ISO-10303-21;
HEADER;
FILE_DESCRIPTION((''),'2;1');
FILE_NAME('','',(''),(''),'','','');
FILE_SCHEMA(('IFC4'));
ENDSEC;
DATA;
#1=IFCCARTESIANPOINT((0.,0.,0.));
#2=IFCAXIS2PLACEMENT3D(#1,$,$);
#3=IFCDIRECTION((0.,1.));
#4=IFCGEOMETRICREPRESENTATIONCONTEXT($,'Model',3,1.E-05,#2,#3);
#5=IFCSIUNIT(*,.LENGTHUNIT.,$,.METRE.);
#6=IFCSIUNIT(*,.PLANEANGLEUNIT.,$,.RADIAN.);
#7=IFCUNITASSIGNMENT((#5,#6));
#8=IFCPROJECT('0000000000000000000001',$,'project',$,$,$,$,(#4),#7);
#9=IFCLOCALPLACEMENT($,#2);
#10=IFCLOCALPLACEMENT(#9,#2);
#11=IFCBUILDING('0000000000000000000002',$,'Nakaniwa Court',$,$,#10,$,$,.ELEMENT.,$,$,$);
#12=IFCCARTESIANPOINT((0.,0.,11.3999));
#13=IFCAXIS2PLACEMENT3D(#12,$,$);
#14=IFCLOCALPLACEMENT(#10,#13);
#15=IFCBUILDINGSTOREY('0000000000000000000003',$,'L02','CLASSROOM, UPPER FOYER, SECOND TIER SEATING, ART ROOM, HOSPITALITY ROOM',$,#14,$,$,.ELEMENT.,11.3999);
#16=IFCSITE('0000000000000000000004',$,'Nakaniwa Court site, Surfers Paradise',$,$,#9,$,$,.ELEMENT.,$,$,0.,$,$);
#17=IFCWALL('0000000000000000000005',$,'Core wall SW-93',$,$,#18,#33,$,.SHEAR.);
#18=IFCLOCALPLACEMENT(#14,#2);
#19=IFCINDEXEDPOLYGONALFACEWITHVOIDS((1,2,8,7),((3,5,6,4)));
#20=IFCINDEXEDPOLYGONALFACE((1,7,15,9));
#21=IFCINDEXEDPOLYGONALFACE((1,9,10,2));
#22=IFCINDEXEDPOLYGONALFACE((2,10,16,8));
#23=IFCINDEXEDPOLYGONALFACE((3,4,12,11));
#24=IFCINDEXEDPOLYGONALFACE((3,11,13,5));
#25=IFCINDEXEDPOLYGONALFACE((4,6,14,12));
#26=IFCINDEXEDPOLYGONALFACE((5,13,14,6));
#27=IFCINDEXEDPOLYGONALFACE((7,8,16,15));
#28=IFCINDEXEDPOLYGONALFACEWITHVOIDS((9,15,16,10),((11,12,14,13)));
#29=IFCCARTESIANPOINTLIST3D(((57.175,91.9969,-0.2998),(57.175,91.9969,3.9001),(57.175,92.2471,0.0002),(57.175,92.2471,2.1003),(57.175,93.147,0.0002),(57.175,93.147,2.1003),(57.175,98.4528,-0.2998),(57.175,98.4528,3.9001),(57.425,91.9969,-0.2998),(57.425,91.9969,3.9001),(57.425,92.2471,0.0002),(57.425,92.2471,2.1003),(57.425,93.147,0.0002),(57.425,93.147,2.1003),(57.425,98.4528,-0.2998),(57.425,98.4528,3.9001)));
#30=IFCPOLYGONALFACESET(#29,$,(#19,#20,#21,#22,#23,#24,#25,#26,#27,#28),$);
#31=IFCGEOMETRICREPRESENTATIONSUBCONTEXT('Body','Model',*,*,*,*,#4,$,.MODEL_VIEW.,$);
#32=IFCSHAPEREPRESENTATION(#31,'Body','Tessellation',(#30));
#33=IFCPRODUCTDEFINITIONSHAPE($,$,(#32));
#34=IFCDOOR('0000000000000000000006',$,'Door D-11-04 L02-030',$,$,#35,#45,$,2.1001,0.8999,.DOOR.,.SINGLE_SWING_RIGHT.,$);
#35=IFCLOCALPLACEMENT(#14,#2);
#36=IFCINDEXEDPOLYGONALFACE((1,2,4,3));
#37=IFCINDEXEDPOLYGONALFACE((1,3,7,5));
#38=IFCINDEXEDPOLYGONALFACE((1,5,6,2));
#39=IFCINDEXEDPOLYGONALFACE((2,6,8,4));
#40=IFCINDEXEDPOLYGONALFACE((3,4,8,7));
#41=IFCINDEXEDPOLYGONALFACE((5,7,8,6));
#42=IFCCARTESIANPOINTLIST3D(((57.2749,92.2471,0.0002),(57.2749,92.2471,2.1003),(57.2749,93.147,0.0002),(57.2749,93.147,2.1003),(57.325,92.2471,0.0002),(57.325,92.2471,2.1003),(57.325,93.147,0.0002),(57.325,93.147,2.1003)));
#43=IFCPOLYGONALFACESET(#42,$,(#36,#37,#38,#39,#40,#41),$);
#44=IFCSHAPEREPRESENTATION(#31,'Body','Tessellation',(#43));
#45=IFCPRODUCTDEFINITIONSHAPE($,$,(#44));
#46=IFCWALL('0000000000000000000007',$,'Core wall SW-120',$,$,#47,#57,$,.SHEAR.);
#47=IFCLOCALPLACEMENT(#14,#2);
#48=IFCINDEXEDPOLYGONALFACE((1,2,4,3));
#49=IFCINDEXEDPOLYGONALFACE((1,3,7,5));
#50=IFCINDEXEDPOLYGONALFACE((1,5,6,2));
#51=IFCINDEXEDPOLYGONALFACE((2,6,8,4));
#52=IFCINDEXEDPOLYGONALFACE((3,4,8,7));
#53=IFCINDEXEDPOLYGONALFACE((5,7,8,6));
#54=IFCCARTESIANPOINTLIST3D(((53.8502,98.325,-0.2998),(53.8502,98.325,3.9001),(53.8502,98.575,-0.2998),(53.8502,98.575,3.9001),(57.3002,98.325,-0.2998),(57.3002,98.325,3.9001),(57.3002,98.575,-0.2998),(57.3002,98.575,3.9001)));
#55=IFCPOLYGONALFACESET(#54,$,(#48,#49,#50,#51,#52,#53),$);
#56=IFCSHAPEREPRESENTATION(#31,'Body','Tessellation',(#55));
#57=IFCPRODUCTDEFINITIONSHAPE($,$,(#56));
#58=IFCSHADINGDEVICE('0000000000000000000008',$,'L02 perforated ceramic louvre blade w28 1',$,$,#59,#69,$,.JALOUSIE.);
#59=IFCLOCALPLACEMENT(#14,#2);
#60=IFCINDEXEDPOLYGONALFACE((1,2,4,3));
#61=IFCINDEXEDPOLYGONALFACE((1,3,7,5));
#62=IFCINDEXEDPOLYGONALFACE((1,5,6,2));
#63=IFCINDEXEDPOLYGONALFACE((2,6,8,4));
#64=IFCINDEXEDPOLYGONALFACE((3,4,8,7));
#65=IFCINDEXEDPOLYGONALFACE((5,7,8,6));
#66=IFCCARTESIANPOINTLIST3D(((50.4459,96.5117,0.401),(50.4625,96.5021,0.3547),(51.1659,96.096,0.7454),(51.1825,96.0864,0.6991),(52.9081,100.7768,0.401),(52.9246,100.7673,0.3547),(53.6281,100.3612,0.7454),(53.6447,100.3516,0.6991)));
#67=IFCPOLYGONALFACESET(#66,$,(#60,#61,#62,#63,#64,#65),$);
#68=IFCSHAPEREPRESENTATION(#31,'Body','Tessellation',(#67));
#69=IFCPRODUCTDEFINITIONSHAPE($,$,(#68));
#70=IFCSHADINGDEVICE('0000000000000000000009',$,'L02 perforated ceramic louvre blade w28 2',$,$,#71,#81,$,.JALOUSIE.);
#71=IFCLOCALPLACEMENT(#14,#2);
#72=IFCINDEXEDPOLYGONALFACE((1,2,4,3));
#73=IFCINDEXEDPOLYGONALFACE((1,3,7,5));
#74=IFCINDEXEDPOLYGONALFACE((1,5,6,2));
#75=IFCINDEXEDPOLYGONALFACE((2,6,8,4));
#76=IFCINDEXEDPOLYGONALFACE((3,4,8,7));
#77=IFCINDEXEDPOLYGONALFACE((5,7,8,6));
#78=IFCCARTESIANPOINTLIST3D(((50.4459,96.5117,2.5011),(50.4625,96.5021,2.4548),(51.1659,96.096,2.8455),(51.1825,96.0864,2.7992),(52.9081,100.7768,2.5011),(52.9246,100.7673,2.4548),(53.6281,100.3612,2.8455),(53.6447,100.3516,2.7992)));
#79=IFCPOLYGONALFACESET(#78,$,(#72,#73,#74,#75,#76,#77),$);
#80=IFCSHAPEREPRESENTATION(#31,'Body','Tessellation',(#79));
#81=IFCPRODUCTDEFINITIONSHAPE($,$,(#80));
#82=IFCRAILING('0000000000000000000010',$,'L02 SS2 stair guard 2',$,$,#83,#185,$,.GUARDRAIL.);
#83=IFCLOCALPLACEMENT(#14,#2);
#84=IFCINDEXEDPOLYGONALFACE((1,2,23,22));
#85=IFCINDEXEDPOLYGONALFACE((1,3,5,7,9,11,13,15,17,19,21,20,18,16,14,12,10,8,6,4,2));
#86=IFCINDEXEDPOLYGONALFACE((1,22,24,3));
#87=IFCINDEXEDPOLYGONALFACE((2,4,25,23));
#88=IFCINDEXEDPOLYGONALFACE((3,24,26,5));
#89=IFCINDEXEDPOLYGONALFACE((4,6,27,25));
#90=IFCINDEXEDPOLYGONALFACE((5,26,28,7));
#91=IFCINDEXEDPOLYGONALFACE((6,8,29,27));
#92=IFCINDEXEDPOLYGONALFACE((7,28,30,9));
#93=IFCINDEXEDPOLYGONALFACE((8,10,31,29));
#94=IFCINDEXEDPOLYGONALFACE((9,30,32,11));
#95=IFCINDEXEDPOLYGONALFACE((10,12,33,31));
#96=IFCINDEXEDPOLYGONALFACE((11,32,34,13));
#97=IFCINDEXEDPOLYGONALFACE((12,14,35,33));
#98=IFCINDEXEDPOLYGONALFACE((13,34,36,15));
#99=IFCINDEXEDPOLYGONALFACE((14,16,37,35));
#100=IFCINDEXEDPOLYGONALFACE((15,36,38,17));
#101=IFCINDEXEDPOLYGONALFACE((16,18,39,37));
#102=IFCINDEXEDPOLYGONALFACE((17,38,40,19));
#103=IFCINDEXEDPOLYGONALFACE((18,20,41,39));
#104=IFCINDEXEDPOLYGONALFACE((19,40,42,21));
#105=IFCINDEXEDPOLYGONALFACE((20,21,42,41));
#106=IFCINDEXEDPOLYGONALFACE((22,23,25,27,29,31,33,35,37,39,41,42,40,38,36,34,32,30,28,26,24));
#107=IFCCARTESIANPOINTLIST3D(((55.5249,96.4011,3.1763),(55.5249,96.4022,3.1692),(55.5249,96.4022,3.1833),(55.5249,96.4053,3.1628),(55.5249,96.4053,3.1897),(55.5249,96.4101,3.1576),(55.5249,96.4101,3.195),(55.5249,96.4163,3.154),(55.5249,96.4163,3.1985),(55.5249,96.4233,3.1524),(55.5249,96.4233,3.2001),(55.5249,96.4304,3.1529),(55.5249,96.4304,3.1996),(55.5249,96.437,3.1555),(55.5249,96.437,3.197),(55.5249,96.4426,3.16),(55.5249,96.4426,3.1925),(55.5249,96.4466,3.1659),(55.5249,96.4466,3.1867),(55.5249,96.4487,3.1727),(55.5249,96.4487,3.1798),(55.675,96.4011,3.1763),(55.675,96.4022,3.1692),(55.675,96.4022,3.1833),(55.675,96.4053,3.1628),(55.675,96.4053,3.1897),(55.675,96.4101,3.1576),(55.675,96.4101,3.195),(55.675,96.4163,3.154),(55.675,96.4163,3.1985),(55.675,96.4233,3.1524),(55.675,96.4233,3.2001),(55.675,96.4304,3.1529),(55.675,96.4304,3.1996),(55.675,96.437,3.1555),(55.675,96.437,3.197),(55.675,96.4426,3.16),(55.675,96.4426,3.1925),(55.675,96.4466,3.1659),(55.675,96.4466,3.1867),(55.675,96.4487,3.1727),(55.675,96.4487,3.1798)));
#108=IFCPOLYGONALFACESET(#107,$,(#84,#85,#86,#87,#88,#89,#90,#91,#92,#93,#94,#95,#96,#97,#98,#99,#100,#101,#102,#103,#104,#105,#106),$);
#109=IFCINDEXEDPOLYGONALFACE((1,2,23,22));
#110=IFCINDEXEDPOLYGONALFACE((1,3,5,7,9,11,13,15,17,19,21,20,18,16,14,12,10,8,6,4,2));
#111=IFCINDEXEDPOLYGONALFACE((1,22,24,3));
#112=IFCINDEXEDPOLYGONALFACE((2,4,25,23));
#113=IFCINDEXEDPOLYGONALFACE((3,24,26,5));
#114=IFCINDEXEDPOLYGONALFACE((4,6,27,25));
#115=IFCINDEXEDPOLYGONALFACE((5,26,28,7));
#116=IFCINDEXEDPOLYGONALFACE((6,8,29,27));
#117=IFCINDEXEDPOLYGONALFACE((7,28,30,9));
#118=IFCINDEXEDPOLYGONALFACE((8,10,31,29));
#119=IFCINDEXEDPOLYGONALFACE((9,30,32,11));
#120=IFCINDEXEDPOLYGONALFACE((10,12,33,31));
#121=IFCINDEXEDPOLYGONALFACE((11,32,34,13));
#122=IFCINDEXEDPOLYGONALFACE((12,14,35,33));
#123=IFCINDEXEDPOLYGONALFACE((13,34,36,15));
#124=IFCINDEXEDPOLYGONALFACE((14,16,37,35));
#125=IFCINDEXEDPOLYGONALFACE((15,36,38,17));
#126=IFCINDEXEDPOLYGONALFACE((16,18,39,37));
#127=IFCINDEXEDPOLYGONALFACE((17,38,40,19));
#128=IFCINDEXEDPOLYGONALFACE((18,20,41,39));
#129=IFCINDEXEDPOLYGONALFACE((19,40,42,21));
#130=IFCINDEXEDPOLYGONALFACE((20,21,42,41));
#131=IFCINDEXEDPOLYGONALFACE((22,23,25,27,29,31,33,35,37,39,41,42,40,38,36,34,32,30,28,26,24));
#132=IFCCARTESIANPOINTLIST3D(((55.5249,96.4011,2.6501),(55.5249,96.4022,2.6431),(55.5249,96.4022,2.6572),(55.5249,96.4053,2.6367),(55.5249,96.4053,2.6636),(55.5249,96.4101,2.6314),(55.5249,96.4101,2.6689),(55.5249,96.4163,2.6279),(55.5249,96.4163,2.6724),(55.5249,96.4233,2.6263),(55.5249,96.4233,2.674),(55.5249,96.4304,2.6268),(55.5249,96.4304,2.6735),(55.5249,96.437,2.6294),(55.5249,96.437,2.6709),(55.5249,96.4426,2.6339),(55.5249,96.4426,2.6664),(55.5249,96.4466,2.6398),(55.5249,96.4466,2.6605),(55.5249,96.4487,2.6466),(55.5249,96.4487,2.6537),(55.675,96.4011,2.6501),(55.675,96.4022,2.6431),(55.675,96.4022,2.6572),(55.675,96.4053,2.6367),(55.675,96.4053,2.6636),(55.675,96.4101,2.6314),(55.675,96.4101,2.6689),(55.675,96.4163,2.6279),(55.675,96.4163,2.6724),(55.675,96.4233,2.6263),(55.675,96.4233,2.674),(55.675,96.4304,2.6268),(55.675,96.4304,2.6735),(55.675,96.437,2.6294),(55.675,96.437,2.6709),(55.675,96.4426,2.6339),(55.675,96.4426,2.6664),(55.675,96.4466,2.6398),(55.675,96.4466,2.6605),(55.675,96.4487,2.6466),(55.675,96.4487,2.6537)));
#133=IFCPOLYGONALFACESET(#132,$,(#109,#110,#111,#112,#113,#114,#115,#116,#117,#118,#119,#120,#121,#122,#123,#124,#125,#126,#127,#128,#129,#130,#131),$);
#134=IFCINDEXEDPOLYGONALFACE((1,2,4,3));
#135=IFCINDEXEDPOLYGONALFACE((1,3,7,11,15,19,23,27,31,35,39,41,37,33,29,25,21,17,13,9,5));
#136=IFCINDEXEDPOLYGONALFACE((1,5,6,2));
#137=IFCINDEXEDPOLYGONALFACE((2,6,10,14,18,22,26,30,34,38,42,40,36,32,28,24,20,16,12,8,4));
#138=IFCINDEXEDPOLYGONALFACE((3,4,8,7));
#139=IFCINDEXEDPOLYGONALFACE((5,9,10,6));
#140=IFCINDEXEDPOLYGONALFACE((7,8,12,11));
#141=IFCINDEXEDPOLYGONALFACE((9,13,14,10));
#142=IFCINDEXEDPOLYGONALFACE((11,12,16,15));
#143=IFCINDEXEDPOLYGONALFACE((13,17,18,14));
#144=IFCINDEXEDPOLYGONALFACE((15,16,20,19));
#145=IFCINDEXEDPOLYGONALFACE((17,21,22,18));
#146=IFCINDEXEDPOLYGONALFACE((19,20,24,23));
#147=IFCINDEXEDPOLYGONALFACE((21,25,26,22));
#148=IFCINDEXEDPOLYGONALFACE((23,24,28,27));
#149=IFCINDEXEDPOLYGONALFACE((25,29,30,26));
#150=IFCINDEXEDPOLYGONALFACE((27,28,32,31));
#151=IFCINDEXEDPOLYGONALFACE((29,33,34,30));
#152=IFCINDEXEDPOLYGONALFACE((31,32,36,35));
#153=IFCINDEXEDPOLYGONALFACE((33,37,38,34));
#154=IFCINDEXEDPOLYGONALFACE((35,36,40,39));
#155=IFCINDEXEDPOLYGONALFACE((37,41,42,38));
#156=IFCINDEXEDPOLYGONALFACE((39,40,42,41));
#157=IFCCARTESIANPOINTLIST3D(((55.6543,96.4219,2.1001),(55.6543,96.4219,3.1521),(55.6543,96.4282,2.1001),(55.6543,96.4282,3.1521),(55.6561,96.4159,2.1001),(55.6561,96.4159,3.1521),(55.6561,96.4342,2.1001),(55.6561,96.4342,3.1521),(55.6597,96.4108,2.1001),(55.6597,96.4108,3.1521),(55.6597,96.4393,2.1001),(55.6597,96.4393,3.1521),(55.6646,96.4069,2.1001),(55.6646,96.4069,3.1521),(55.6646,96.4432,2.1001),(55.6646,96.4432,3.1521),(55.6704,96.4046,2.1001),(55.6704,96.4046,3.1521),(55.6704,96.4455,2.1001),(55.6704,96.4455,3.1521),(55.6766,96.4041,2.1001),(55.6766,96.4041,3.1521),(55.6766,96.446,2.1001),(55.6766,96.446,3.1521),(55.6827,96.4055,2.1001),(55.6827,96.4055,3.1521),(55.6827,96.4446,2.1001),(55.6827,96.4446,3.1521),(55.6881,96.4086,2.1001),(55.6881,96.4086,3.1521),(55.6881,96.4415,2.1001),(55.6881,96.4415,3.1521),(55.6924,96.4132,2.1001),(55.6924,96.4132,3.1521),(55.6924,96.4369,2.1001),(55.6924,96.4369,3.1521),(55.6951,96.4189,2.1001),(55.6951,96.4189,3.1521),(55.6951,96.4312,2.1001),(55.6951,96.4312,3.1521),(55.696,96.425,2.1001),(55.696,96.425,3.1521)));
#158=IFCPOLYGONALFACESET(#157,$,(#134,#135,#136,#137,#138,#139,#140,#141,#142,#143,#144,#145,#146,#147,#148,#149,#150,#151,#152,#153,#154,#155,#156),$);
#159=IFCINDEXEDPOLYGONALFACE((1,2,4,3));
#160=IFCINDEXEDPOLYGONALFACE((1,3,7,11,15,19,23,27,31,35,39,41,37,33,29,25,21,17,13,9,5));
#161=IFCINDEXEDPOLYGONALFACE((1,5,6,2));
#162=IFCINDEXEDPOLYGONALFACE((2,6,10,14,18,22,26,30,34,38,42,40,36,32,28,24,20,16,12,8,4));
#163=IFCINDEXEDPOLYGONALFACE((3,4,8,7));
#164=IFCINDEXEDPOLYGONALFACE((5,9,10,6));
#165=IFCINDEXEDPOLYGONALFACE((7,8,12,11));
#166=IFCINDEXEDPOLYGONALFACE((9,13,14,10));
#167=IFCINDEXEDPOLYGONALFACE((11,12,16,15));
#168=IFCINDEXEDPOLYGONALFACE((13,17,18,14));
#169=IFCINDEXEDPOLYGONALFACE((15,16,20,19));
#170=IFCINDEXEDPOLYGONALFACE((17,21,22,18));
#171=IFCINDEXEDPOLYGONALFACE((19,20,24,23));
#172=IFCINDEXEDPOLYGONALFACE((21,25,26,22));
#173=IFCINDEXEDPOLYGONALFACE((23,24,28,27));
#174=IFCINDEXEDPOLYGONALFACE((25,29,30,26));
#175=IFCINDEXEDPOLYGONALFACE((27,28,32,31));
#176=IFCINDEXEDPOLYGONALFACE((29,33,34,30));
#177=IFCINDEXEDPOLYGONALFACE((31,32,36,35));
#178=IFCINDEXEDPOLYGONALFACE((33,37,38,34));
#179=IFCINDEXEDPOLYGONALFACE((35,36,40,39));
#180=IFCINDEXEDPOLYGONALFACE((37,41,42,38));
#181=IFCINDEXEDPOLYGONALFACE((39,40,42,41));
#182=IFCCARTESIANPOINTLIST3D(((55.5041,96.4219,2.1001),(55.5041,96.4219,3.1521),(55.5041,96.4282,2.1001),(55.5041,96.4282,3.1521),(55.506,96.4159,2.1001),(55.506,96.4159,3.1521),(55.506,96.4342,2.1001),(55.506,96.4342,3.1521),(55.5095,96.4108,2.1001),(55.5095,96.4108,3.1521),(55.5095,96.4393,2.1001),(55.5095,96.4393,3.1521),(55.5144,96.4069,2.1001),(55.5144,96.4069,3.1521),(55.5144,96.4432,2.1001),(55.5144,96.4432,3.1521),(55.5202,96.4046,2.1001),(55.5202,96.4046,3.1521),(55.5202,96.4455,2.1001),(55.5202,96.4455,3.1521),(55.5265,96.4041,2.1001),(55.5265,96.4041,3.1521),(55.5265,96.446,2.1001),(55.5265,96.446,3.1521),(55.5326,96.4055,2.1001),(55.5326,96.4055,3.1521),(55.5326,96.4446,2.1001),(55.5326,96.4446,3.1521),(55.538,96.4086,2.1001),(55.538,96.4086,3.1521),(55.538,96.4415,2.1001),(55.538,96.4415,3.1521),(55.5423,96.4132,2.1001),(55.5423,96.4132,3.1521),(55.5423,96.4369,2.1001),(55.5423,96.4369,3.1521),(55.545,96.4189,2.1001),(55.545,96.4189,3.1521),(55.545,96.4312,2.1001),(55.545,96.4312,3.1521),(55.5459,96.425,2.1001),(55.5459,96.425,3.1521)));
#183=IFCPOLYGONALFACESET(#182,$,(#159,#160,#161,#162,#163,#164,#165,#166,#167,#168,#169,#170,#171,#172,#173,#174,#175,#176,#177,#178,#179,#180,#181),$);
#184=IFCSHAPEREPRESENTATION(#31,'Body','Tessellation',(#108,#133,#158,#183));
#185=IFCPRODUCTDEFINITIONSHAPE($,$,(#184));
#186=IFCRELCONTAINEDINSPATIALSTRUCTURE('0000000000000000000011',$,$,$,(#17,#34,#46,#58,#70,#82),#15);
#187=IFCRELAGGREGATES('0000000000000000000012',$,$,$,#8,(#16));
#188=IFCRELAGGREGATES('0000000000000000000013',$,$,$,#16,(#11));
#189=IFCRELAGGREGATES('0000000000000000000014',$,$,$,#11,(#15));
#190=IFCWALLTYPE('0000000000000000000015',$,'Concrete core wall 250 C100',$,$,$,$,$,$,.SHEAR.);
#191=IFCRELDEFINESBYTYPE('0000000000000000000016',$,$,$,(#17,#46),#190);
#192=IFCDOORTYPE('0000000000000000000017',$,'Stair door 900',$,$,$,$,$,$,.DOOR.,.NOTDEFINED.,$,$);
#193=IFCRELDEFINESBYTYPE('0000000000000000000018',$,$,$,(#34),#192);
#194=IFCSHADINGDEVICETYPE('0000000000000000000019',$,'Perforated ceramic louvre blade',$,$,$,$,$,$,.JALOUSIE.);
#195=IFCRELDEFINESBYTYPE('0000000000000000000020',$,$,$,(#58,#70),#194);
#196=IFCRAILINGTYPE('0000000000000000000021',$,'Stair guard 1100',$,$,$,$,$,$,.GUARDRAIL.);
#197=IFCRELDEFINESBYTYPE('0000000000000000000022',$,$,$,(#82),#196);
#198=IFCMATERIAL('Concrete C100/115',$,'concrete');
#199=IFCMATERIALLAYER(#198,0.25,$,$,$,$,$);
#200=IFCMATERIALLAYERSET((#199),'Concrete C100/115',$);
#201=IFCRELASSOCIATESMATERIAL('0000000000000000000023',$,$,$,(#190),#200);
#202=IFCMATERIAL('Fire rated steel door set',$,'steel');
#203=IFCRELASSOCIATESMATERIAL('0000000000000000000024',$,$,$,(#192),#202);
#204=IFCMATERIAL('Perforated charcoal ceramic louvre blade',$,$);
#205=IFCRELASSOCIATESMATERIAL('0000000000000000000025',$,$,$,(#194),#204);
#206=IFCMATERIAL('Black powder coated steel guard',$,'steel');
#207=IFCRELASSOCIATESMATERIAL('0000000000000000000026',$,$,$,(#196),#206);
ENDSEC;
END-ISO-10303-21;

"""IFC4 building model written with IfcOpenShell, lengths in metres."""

from ifc_helpers import new_model, si_unit, direction, frame, frame_2d, origin, origin_2d, place, context, subcontext, project, spatial, rectangle, circle, extrude, material, layer, layer_set, material_profile, profile_set, type_object, element, fill, save


model = new_model("IFC4")

# Units and contexts
model_context = context("Model", 3, precision=1e-05, world=origin(), true_north=direction((0.0, 1.0)))
body_context = subcontext(model_context, "Body", "Model", "MODEL_VIEW")
ifc_project = project(units=[si_unit("LENGTHUNIT", "METRE"), si_unit("PLANEANGLEUNIT", "RADIAN")], contexts=[model_context])

# Site, building, storey
site_placement = place(None, origin())
site = spatial("IfcSite", under=ifc_project, at=site_placement, Name="Nakaniwa Court site, Surfers Paradise", CompositionType="ELEMENT", RefElevation=0.0)
building_placement = place(site_placement, origin())
building = spatial("IfcBuilding", under=site, at=building_placement, Name="Nakaniwa Court", CompositionType="ELEMENT")
storey_placement = place(building_placement, frame((0.0, 0.0, 11.3999)))
storey = spatial("IfcBuildingStorey", under=building, at=storey_placement, Name="L02", Description="CLASSROOM, UPPER FOYER, SECOND TIER SEATING, ART ROOM, HOSPITALITY ROOM", CompositionType="ELEMENT", Elevation=11.3999)

# Shared definitions
ifc_material_1 = material(Name="Concrete C100/115", Category="concrete")

# Wall, opening, door
ifc_layer_1 = layer(ifc_material_1, 0.25)
ifc_layer_set_1 = layer_set([ifc_layer_1], Name="Concrete C100/115")
wall_type_1 = type_object("IfcWallType", Name="Concrete core wall 250 C100", PredefinedType="SHEAR", material=ifc_layer_set_1)
wall_1_placement = place(storey_placement, frame((57.3, 98.4529, -0.2998), z_axis=(0.0, 0.0, 1.0), x_axis=(0.0, -1.0, 0.0)))
wall_1 = element("IfcWall", 1, at=wall_1_placement, inside=storey, type_object=wall_type_1, Name="Core wall SW-93", PredefinedType="SHEAR", context=body_context, shape_type="SweptSolid", body=[
    extrude(rectangle(XDim=6.4558, YDim=0.25, at=frame_2d((3.228, 0.0))), origin(), (0.0, 0.0, 1.0), 4.2),
])
opening_1_placement = place(wall_1_placement, frame((5.3059, 0.0, 0.3)))
opening_1 = element("IfcOpeningElement", 2, at=opening_1_placement, cuts=wall_1, PredefinedType="OPENING", context=body_context, shape_type="SweptSolid", body=[
    extrude(rectangle(XDim=0.8999, YDim=2.1001, at=frame_2d((0.45, 1.05))), frame((0.0, 0.135, 0.0), z_axis=(0.0, -1.0, 0.0), x_axis=(1.0, 0.0, 0.0)), (0.0, 0.0, 1.0), 0.27),
])
ifc_material_2 = material(Name="Fire rated steel door set", Category="steel")
door_type_1 = type_object("IfcDoorType", Name="Stair door 900", OperationType="NOTDEFINED", PredefinedType="DOOR", material=ifc_material_2)
door_1_placement = place(opening_1_placement, origin())
door_1 = element("IfcDoor", 3, at=door_1_placement, inside=storey, type_object=door_type_1, Name="Door D-11-04 L02-030", OperationType="SINGLE_SWING_RIGHT", OverallHeight=2.1001, OverallWidth=0.8999, PredefinedType="DOOR", context=body_context, shape_type="SweptSolid", body=[
    extrude(rectangle(XDim=0.8999, YDim=2.1001, at=frame_2d((0.45, 1.05))), frame((0.0, 0.0249, 0.0), z_axis=(0.0, -1.0, 0.0), x_axis=(1.0, 0.0, 0.0)), (0.0, 0.0, 1.0), 0.05),
])
fill(opening_1, door_1)

# Wall
wall_2_placement = place(storey_placement, frame((53.8501, 98.45, -0.2998), z_axis=(0.0, 0.0, 1.0), x_axis=(1.0, 0.0, 0.0)))
element("IfcWall", 4, at=wall_2_placement, inside=storey, type_object=wall_type_1, Name="Core wall SW-120", PredefinedType="SHEAR", context=body_context, shape_type="SweptSolid", body=[
    extrude(rectangle(XDim=3.45, YDim=0.25, at=frame_2d((1.7251, 0.0))), origin(), (0.0, 0.0, 1.0), 4.2),
])

# Shading devices
ifc_material_3 = material(Name="Perforated charcoal ceramic louvre blade")
ifc_material_profile_1 = material_profile(ifc_material_3, rectangle(XDim=0.8999, YDim=0.05, at=origin_2d()), Name="Perforated ceramic louvre blade")
ifc_profile_set_1 = profile_set([ifc_material_profile_1], Name="Perforated charcoal ceramic louvre blade")
shading_device_type = type_object("IfcShadingDeviceType", Name="Perforated ceramic louvre blade", PredefinedType="JALOUSIE", material=ifc_profile_set_1)
for number, where, z_axis, x_axis, name in (
    (5, (53.2764, 100.5642, 0.55), (-0.499951, -0.866054, 0.0), (0.800129, -0.461895, 0.382683), "L02 perforated ceramic louvre blade w28 1"),
    (6, (53.2764, 100.5642, 2.6501), (-0.499951, -0.866054, 0.0), (0.800129, -0.461895, 0.382683), "L02 perforated ceramic louvre blade w28 2"),
):
    element("IfcShadingDevice", number, at=place(storey_placement, frame(where, z_axis=z_axis, x_axis=x_axis)), inside=storey, type_object=shading_device_type, Name=name, PredefinedType="JALOUSIE", context=body_context, shape_type="SweptSolid", body=[
        extrude(rectangle(XDim=0.8999, YDim=0.05, at=origin_2d()), origin(), (0.0, 0.0, 1.0), 4.9248),
    ])

# Railing
ifc_material_4 = material(Name="Black powder coated steel guard", Category="steel")
railing_type = type_object("IfcRailingType", Name="Stair guard 1100", PredefinedType="GUARDRAIL", material=ifc_material_4)
railing_1_placement = place(storey_placement, frame((55.675, 96.425, 2.1001)))
element("IfcRailing", 7, at=railing_1_placement, inside=storey, type_object=railing_type, Name="L02 SS2 stair guard 2", PredefinedType="GUARDRAIL", context=body_context, shape_type="SweptSolid", body=[
    extrude(circle(Radius=0.0239, at=origin_2d()), frame((0.0, 0.0, 1.0762), z_axis=(-1.0, 0.0, 0.0), x_axis=(0.0, -1.0, 0.0)), (0.0, 0.0, 1.0), 0.1501),
    extrude(circle(Radius=0.0239, at=origin_2d()), frame((0.0, 0.0, 0.55), z_axis=(-1.0, 0.0, 0.0), x_axis=(0.0, -1.0, 0.0)), (0.0, 0.0, 1.0), 0.1501),
    extrude(circle(Radius=0.021, at=origin_2d()), origin(), (0.0, 0.0, 1.0), 1.052),
    extrude(circle(Radius=0.021, at=origin_2d()), frame((-0.1501, 0.0, 0.0)), (0.0, 0.0, 1.0), 1.052),
])

save(model, "model.ifc")
